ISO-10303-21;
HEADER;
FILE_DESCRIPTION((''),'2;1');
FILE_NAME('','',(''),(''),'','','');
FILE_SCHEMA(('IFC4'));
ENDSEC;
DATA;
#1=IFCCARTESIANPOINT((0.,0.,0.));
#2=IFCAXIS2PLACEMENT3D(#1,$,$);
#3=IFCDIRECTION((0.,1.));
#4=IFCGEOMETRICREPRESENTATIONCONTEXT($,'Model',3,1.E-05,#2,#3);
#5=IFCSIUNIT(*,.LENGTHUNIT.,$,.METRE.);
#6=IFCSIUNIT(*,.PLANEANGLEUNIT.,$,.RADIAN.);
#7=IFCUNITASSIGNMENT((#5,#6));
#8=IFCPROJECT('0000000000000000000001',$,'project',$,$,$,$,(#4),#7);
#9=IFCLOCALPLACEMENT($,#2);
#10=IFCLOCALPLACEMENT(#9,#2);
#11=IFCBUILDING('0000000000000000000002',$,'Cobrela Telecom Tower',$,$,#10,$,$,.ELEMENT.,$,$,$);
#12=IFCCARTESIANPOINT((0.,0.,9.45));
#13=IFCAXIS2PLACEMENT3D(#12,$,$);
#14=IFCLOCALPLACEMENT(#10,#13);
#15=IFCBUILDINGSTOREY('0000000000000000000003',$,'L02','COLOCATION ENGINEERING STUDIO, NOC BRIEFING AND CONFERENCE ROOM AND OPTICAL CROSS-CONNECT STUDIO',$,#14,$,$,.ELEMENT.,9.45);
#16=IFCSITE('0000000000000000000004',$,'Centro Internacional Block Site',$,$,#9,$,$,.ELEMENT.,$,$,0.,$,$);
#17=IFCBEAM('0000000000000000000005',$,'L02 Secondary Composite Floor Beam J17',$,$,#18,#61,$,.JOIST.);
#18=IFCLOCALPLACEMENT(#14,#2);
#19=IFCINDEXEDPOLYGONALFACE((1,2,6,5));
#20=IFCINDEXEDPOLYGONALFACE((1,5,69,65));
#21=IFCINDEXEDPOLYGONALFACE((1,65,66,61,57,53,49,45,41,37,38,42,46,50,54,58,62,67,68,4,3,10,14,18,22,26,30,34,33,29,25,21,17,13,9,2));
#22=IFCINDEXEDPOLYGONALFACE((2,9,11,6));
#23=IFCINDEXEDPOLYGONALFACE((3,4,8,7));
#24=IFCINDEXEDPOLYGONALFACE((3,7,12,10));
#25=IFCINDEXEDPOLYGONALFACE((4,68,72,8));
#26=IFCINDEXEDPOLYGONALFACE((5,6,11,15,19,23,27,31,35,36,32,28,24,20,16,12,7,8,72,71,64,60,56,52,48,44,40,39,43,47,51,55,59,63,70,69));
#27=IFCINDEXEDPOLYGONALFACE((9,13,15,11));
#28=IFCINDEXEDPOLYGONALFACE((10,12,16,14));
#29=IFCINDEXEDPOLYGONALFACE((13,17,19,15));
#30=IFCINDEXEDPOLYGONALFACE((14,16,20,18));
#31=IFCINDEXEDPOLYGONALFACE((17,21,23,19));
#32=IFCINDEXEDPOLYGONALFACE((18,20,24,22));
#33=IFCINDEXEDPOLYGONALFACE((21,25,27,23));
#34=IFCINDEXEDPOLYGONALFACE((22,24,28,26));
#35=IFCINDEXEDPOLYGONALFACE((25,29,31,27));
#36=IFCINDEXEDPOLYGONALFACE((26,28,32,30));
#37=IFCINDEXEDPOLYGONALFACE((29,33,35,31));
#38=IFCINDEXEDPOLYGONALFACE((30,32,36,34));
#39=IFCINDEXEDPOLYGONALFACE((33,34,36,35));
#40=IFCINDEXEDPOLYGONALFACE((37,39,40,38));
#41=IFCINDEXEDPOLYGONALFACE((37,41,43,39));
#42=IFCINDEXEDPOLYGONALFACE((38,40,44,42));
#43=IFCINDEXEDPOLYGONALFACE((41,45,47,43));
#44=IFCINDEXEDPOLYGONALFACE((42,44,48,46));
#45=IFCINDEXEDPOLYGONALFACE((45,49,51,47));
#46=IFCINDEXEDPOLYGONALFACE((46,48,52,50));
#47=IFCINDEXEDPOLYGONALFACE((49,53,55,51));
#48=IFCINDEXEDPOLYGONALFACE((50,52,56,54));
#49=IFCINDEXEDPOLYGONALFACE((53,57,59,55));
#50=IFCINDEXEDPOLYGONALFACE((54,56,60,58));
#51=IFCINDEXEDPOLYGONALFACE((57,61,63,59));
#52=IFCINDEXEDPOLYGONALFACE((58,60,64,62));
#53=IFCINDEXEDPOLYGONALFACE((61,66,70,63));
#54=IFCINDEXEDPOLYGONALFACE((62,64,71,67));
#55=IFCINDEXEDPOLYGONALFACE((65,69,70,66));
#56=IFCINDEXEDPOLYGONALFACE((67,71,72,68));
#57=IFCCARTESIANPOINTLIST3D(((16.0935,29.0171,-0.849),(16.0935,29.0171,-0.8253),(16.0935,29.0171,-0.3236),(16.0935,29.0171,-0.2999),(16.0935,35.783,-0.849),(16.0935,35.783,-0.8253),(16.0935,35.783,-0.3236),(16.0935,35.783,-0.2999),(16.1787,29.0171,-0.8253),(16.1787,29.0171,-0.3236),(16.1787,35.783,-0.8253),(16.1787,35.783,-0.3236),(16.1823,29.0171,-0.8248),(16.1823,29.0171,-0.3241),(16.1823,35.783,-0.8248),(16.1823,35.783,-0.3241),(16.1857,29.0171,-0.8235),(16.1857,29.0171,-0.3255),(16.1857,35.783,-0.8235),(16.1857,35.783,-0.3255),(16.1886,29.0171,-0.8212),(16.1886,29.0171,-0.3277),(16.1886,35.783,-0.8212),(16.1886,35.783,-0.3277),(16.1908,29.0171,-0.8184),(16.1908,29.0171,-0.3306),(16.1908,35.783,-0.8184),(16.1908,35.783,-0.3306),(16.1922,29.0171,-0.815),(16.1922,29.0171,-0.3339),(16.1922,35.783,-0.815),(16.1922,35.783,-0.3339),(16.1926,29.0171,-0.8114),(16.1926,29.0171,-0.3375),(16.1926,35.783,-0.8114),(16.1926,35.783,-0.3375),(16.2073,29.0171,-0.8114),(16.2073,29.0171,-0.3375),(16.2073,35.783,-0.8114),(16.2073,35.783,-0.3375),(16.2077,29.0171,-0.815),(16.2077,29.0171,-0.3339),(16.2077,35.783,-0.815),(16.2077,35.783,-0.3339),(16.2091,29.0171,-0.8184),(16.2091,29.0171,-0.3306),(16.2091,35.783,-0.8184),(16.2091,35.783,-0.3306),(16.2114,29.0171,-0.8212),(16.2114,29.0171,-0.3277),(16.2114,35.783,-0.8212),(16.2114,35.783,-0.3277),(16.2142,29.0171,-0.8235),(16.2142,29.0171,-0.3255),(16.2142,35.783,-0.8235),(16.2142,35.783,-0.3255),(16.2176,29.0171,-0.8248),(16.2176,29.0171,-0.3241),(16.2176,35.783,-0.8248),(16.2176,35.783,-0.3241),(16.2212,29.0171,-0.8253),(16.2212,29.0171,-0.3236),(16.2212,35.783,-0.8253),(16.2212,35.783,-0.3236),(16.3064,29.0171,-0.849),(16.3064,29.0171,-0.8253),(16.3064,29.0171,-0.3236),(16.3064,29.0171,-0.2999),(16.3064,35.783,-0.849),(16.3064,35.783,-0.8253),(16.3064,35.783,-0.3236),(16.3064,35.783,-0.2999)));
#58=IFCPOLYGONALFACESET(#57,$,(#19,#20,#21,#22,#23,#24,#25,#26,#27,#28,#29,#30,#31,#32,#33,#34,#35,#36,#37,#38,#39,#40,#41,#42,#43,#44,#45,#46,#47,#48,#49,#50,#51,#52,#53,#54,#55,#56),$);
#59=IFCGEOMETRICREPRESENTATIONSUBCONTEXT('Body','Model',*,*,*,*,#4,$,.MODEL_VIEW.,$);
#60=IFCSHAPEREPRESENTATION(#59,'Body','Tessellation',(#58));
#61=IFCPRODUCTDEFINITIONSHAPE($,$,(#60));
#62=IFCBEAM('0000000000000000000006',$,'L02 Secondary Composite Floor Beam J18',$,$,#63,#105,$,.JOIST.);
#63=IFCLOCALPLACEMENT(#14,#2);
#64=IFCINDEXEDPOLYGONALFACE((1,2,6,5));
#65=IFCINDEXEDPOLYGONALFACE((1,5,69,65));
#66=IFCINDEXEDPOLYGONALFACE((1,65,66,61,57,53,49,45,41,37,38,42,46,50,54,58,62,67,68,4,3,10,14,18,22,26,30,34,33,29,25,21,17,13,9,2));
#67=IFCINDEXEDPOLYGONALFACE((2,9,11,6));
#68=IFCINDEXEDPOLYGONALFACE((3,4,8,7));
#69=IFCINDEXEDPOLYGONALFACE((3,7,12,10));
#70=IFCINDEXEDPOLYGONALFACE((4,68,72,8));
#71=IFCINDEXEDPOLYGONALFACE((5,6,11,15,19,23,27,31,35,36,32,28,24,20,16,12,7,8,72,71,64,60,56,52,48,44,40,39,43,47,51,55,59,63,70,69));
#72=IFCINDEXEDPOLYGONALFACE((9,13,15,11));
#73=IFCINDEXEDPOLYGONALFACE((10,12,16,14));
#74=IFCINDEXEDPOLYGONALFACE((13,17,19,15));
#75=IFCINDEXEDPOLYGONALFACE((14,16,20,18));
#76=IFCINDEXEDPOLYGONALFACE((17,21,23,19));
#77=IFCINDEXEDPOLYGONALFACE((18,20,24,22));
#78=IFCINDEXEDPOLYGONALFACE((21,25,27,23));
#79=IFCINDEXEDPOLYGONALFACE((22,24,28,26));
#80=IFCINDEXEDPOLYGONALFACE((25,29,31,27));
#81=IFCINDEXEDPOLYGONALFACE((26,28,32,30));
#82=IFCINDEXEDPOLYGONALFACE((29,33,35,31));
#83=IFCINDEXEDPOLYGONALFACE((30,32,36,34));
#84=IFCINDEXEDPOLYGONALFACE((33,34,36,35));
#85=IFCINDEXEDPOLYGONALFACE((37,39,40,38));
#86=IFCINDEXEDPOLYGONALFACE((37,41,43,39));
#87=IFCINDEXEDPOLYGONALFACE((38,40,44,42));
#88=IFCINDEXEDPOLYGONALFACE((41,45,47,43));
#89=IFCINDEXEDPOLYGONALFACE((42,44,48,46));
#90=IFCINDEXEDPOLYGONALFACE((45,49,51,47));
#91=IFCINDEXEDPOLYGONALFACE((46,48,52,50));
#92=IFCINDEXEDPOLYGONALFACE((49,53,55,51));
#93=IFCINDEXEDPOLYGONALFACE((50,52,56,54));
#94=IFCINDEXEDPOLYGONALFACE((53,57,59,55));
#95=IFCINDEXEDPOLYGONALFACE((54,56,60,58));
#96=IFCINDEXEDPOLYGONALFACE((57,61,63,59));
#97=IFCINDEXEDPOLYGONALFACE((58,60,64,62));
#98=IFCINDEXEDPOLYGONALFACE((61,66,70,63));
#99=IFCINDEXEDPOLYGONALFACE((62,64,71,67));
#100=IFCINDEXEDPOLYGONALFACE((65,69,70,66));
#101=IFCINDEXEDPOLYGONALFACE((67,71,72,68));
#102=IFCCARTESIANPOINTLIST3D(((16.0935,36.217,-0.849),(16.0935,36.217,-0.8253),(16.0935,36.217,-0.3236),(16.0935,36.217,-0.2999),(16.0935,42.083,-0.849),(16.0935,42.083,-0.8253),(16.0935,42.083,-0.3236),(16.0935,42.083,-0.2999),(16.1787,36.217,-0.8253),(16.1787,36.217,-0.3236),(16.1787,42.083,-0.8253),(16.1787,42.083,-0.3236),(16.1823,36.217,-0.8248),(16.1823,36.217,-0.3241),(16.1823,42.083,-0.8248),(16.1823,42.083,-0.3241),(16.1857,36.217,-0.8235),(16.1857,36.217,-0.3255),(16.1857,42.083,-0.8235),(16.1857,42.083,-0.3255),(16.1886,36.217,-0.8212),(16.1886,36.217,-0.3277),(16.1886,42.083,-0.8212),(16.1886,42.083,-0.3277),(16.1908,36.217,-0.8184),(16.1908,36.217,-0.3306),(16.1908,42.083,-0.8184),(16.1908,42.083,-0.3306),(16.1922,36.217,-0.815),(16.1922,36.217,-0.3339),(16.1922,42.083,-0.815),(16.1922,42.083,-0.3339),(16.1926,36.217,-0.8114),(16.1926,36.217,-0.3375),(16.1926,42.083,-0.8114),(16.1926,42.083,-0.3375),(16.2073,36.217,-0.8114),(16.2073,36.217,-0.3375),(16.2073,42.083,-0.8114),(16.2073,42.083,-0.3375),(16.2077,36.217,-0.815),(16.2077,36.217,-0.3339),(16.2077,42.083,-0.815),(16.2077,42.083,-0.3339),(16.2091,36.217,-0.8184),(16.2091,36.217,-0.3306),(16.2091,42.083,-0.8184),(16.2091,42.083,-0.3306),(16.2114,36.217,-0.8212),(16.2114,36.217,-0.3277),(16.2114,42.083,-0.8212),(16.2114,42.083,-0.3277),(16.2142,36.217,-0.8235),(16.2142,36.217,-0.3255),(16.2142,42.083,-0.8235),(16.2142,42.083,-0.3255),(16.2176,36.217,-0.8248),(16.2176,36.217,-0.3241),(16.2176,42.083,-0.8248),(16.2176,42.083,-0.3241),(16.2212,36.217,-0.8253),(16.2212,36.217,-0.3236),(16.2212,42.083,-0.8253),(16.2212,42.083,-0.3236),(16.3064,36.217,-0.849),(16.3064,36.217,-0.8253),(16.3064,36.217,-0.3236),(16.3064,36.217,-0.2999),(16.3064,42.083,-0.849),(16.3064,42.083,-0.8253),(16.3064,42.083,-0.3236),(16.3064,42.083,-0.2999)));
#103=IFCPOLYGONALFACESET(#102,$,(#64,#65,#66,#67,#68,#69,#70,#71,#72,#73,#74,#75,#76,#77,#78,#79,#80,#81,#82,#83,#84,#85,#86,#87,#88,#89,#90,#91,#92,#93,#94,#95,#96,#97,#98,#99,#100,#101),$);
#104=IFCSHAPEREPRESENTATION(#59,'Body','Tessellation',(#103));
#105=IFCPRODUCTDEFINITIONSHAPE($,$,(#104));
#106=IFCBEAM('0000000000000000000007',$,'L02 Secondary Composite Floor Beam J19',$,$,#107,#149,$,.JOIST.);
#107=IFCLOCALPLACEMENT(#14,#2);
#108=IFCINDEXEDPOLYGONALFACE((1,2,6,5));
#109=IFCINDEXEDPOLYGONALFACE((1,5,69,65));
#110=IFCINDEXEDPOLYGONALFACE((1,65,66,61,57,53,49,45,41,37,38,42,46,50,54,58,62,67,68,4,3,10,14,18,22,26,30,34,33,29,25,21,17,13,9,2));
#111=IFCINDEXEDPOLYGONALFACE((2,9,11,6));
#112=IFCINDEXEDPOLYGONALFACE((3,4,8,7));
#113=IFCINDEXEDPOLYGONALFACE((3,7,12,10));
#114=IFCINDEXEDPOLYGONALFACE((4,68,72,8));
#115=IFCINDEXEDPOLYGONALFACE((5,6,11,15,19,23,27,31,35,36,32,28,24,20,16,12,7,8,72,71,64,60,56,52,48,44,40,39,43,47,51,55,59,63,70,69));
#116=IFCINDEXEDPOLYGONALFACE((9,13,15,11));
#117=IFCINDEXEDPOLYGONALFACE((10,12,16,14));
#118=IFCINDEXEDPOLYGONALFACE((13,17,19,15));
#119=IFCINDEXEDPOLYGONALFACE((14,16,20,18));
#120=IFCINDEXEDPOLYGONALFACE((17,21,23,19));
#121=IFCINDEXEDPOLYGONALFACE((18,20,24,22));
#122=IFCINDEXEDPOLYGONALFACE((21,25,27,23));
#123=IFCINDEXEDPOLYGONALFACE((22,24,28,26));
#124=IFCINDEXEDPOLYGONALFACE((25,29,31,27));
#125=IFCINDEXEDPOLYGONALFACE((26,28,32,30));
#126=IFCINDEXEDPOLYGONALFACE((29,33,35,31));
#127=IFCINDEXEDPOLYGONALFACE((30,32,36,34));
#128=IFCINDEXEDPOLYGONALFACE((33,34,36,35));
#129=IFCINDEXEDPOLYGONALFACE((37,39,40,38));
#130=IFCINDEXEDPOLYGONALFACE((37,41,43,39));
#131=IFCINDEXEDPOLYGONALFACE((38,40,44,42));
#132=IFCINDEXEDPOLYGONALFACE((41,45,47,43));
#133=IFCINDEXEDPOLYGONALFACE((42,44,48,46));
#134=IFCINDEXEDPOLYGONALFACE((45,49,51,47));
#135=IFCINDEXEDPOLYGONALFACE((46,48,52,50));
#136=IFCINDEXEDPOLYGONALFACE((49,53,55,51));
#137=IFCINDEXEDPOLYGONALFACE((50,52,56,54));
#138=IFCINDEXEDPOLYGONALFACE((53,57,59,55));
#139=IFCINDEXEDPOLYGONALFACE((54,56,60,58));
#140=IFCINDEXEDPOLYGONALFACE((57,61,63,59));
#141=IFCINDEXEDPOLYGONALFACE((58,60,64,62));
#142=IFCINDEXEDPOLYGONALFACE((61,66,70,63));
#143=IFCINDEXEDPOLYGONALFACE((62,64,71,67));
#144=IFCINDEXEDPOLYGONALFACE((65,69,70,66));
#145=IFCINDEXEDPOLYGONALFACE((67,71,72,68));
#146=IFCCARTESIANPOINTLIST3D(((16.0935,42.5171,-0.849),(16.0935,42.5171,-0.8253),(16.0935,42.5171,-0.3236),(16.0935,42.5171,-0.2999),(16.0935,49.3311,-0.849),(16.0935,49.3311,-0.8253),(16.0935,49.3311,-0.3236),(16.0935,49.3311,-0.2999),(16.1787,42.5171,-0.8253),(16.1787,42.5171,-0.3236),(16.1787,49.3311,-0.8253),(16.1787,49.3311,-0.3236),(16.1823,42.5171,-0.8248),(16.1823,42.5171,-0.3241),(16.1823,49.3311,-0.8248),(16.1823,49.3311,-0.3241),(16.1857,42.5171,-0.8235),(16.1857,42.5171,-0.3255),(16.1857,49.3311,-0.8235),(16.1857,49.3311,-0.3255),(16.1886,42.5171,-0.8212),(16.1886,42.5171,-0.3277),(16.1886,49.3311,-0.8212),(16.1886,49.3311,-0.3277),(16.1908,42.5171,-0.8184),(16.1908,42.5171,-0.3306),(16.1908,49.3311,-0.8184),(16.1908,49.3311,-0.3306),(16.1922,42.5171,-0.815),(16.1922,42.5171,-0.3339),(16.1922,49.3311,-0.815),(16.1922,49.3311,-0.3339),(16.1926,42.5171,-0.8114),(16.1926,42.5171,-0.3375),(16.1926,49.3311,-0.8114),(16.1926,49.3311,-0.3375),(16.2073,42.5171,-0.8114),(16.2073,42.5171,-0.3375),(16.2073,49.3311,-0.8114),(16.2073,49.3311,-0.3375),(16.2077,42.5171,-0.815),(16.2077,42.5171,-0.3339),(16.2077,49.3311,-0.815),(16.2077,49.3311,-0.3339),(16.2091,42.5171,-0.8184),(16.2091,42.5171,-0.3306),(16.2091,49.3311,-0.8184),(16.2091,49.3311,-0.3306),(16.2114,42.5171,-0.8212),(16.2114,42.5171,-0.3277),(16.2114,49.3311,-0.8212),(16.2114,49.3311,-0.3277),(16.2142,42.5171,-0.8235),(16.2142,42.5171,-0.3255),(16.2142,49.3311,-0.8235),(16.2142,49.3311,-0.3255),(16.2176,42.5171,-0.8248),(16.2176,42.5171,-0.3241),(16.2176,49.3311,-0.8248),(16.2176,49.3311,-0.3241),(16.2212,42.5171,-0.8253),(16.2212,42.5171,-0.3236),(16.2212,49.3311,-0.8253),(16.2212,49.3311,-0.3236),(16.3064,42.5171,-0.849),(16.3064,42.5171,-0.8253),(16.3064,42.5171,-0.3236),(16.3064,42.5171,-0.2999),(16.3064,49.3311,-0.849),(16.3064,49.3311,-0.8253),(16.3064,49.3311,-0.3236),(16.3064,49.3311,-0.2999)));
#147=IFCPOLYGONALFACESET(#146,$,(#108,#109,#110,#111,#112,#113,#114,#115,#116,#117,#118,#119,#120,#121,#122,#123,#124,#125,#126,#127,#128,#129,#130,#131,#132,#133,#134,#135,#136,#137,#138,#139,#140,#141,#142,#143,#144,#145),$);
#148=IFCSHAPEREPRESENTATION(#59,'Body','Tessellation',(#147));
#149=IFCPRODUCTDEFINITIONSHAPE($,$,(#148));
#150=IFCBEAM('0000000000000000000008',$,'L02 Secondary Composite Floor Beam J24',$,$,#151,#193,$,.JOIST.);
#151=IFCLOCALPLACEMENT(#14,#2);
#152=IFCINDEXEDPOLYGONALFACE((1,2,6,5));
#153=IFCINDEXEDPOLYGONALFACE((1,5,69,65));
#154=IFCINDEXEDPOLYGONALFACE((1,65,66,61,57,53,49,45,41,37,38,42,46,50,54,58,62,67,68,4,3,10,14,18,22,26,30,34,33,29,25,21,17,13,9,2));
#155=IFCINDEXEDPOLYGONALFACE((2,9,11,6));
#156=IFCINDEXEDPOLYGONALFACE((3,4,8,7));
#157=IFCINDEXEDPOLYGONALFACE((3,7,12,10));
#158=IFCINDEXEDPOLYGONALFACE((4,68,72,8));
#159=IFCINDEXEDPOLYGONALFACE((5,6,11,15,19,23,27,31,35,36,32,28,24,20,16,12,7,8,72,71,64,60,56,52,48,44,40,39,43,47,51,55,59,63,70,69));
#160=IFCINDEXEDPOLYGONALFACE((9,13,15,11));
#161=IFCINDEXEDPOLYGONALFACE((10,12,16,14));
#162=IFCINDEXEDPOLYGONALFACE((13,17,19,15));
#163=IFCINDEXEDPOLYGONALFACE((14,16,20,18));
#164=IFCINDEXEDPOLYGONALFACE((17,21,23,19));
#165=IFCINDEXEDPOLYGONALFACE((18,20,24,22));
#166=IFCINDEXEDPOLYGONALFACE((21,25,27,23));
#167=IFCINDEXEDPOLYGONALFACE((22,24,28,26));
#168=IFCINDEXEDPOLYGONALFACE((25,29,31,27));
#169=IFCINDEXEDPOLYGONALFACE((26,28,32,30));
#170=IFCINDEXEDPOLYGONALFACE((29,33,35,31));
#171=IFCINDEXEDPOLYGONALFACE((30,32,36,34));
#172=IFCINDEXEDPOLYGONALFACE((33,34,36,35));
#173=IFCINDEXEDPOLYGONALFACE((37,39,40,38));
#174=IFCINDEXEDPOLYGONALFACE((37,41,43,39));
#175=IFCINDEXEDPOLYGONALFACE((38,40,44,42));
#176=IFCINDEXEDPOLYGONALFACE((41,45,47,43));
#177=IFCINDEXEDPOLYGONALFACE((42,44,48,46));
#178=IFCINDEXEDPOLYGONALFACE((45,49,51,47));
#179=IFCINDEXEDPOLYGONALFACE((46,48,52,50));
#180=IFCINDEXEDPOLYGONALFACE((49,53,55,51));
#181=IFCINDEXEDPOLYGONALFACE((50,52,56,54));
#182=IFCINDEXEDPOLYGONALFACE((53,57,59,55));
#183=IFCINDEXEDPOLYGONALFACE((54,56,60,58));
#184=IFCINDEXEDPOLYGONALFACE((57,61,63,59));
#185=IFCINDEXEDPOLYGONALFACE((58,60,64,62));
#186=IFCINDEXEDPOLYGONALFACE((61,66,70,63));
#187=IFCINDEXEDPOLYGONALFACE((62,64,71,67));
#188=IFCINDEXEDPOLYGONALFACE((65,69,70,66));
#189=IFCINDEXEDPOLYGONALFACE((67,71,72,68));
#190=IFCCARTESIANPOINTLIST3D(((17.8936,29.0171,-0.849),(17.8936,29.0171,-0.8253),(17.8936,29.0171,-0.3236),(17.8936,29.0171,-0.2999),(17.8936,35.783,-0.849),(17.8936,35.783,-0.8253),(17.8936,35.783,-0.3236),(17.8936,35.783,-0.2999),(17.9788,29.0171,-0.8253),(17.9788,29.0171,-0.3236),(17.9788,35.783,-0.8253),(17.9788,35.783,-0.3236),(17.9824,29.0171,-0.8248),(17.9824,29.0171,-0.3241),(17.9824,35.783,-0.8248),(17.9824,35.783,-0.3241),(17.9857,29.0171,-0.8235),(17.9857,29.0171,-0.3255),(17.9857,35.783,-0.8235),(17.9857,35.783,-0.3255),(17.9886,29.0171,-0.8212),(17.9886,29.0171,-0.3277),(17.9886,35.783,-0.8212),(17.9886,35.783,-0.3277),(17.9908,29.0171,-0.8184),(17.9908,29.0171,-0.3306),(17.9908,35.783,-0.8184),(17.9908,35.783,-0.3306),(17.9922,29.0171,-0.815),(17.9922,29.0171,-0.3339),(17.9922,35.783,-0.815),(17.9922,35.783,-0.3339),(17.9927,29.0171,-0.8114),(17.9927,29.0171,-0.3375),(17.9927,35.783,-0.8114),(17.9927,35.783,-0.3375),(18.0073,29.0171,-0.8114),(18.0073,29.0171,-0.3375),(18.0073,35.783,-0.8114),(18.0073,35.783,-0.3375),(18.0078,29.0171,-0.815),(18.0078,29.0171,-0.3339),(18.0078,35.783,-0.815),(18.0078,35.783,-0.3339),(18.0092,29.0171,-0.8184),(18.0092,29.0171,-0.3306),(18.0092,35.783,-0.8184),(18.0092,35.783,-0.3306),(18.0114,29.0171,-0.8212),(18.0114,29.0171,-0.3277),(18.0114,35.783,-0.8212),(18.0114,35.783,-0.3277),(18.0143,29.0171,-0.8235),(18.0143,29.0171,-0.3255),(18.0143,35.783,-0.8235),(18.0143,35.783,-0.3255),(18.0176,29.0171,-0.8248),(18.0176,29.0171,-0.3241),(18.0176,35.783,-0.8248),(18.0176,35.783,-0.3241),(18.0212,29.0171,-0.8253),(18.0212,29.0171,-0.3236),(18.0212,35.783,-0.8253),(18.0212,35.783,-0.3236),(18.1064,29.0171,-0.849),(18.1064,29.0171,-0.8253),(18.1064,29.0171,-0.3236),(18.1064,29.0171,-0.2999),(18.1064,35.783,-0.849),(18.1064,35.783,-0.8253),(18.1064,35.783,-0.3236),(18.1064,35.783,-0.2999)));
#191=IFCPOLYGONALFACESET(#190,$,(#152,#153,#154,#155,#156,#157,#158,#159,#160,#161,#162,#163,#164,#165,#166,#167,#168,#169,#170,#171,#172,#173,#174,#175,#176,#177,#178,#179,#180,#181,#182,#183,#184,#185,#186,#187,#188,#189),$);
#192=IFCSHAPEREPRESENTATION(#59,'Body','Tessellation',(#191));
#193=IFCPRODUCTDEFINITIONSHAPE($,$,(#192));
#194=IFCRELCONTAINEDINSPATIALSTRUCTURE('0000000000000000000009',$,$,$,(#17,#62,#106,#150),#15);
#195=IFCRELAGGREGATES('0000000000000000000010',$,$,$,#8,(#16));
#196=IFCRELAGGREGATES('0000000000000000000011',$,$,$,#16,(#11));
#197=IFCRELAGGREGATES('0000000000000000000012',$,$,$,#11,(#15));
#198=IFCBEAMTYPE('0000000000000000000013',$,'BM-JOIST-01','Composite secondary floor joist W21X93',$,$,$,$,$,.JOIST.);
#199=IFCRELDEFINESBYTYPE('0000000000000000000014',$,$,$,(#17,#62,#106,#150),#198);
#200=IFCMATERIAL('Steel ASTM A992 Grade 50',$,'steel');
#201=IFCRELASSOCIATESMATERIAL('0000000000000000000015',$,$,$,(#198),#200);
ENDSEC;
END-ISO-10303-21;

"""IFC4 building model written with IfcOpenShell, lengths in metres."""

from ifc_helpers import new_model, si_unit, direction, frame, origin, origin_2d, place, context, subcontext, project, spatial, i_section, extrude, material, material_profile, profile_set, type_object, element, save


model = new_model("IFC4")

# Units and contexts
model_context = context("Model", 3, precision=1e-05, world=origin(), true_north=direction((0.0, 1.0)))
body_context = subcontext(model_context, "Body", "Model", "MODEL_VIEW")
ifc_project = project(units=[si_unit("LENGTHUNIT", "METRE"), si_unit("PLANEANGLEUNIT", "RADIAN")], contexts=[model_context])

# Site, building, storey
site_placement = place(None, origin())
site = spatial("IfcSite", under=ifc_project, at=site_placement, Name="Centro Internacional Block Site", CompositionType="ELEMENT", RefElevation=0.0)
building_placement = place(site_placement, origin())
building = spatial("IfcBuilding", under=site, at=building_placement, Name="Cobrela Telecom Tower", CompositionType="ELEMENT")
storey_placement = place(building_placement, frame((0.0, 0.0, 9.45)))
storey = spatial("IfcBuildingStorey", under=building, at=storey_placement, Name="L02", Description="COLOCATION ENGINEERING STUDIO, NOC BRIEFING AND CONFERENCE ROOM AND OPTICAL CROSS-CONNECT STUDIO", CompositionType="ELEMENT", Elevation=9.45)

# Beams
ifc_material_1 = material(Name="Steel ASTM A992 Grade 50", Category="steel")
ifc_material_profile_1 = material_profile(ifc_material_1, i_section(OverallWidth=0.2129, OverallDepth=0.5491, WebThickness=0.0146, FlangeThickness=0.0237, FilletRadius=0.0139, at=origin_2d()), Name="W21X93")
ifc_profile_set_1 = profile_set([ifc_material_profile_1], Name="Steel ASTM A992 Grade 50")
beam_type_1 = type_object("IfcBeamType", Name="BM-JOIST-01", Description="Composite secondary floor joist W21X93", PredefinedType="JOIST", material=ifc_profile_set_1)
beam_1_placement = place(storey_placement, frame((16.2, 29.0171, -0.5745), z_axis=(0.0, 1.0, 0.0), x_axis=(-1.0, 0.0, 0.0)))
element("IfcBeam", 1, at=beam_1_placement, inside=storey, type_object=beam_type_1, Name="L02 Secondary Composite Floor Beam J17", PredefinedType="JOIST", context=body_context, shape_type="SweptSolid", body=[
    extrude(i_section(OverallWidth=0.2129, OverallDepth=0.5491, WebThickness=0.0146, FlangeThickness=0.0237, FilletRadius=0.0139, at=origin_2d()), origin(), (0.0, 0.0, 1.0), 6.7659),
])
beam_2_placement = place(storey_placement, frame((16.2, 36.217, -0.5745), z_axis=(0.0, 1.0, 0.0), x_axis=(-1.0, 0.0, 0.0)))
element("IfcBeam", 2, at=beam_2_placement, inside=storey, type_object=beam_type_1, Name="L02 Secondary Composite Floor Beam J18", PredefinedType="JOIST", context=body_context, shape_type="SweptSolid", body=[
    extrude(i_section(OverallWidth=0.2129, OverallDepth=0.5491, WebThickness=0.0146, FlangeThickness=0.0237, FilletRadius=0.0139, at=origin_2d()), origin(), (0.0, 0.0, 1.0), 5.866),
])
beam_3_placement = place(storey_placement, frame((16.2, 42.5171, -0.5745), z_axis=(0.0, 1.0, 0.0), x_axis=(-1.0, 0.0, 0.0)))
element("IfcBeam", 3, at=beam_3_placement, inside=storey, type_object=beam_type_1, Name="L02 Secondary Composite Floor Beam J19", PredefinedType="JOIST", context=body_context, shape_type="SweptSolid", body=[
    extrude(i_section(OverallWidth=0.2129, OverallDepth=0.5491, WebThickness=0.0146, FlangeThickness=0.0237, FilletRadius=0.0139, at=origin_2d()), origin(), (0.0, 0.0, 1.0), 6.814),
])
beam_4_placement = place(storey_placement, frame((18.0, 29.0171, -0.5745), z_axis=(0.0, 1.0, 0.0), x_axis=(-1.0, 0.0, 0.0)))
element("IfcBeam", 4, at=beam_4_placement, inside=storey, type_object=beam_type_1, Name="L02 Secondary Composite Floor Beam J24", PredefinedType="JOIST", context=body_context, shape_type="SweptSolid", body=[
    extrude(i_section(OverallWidth=0.2129, OverallDepth=0.5491, WebThickness=0.0146, FlangeThickness=0.0237, FilletRadius=0.0139, at=origin_2d()), origin(), (0.0, 0.0, 1.0), 6.7659),
])

save(model, "model.ifc")
